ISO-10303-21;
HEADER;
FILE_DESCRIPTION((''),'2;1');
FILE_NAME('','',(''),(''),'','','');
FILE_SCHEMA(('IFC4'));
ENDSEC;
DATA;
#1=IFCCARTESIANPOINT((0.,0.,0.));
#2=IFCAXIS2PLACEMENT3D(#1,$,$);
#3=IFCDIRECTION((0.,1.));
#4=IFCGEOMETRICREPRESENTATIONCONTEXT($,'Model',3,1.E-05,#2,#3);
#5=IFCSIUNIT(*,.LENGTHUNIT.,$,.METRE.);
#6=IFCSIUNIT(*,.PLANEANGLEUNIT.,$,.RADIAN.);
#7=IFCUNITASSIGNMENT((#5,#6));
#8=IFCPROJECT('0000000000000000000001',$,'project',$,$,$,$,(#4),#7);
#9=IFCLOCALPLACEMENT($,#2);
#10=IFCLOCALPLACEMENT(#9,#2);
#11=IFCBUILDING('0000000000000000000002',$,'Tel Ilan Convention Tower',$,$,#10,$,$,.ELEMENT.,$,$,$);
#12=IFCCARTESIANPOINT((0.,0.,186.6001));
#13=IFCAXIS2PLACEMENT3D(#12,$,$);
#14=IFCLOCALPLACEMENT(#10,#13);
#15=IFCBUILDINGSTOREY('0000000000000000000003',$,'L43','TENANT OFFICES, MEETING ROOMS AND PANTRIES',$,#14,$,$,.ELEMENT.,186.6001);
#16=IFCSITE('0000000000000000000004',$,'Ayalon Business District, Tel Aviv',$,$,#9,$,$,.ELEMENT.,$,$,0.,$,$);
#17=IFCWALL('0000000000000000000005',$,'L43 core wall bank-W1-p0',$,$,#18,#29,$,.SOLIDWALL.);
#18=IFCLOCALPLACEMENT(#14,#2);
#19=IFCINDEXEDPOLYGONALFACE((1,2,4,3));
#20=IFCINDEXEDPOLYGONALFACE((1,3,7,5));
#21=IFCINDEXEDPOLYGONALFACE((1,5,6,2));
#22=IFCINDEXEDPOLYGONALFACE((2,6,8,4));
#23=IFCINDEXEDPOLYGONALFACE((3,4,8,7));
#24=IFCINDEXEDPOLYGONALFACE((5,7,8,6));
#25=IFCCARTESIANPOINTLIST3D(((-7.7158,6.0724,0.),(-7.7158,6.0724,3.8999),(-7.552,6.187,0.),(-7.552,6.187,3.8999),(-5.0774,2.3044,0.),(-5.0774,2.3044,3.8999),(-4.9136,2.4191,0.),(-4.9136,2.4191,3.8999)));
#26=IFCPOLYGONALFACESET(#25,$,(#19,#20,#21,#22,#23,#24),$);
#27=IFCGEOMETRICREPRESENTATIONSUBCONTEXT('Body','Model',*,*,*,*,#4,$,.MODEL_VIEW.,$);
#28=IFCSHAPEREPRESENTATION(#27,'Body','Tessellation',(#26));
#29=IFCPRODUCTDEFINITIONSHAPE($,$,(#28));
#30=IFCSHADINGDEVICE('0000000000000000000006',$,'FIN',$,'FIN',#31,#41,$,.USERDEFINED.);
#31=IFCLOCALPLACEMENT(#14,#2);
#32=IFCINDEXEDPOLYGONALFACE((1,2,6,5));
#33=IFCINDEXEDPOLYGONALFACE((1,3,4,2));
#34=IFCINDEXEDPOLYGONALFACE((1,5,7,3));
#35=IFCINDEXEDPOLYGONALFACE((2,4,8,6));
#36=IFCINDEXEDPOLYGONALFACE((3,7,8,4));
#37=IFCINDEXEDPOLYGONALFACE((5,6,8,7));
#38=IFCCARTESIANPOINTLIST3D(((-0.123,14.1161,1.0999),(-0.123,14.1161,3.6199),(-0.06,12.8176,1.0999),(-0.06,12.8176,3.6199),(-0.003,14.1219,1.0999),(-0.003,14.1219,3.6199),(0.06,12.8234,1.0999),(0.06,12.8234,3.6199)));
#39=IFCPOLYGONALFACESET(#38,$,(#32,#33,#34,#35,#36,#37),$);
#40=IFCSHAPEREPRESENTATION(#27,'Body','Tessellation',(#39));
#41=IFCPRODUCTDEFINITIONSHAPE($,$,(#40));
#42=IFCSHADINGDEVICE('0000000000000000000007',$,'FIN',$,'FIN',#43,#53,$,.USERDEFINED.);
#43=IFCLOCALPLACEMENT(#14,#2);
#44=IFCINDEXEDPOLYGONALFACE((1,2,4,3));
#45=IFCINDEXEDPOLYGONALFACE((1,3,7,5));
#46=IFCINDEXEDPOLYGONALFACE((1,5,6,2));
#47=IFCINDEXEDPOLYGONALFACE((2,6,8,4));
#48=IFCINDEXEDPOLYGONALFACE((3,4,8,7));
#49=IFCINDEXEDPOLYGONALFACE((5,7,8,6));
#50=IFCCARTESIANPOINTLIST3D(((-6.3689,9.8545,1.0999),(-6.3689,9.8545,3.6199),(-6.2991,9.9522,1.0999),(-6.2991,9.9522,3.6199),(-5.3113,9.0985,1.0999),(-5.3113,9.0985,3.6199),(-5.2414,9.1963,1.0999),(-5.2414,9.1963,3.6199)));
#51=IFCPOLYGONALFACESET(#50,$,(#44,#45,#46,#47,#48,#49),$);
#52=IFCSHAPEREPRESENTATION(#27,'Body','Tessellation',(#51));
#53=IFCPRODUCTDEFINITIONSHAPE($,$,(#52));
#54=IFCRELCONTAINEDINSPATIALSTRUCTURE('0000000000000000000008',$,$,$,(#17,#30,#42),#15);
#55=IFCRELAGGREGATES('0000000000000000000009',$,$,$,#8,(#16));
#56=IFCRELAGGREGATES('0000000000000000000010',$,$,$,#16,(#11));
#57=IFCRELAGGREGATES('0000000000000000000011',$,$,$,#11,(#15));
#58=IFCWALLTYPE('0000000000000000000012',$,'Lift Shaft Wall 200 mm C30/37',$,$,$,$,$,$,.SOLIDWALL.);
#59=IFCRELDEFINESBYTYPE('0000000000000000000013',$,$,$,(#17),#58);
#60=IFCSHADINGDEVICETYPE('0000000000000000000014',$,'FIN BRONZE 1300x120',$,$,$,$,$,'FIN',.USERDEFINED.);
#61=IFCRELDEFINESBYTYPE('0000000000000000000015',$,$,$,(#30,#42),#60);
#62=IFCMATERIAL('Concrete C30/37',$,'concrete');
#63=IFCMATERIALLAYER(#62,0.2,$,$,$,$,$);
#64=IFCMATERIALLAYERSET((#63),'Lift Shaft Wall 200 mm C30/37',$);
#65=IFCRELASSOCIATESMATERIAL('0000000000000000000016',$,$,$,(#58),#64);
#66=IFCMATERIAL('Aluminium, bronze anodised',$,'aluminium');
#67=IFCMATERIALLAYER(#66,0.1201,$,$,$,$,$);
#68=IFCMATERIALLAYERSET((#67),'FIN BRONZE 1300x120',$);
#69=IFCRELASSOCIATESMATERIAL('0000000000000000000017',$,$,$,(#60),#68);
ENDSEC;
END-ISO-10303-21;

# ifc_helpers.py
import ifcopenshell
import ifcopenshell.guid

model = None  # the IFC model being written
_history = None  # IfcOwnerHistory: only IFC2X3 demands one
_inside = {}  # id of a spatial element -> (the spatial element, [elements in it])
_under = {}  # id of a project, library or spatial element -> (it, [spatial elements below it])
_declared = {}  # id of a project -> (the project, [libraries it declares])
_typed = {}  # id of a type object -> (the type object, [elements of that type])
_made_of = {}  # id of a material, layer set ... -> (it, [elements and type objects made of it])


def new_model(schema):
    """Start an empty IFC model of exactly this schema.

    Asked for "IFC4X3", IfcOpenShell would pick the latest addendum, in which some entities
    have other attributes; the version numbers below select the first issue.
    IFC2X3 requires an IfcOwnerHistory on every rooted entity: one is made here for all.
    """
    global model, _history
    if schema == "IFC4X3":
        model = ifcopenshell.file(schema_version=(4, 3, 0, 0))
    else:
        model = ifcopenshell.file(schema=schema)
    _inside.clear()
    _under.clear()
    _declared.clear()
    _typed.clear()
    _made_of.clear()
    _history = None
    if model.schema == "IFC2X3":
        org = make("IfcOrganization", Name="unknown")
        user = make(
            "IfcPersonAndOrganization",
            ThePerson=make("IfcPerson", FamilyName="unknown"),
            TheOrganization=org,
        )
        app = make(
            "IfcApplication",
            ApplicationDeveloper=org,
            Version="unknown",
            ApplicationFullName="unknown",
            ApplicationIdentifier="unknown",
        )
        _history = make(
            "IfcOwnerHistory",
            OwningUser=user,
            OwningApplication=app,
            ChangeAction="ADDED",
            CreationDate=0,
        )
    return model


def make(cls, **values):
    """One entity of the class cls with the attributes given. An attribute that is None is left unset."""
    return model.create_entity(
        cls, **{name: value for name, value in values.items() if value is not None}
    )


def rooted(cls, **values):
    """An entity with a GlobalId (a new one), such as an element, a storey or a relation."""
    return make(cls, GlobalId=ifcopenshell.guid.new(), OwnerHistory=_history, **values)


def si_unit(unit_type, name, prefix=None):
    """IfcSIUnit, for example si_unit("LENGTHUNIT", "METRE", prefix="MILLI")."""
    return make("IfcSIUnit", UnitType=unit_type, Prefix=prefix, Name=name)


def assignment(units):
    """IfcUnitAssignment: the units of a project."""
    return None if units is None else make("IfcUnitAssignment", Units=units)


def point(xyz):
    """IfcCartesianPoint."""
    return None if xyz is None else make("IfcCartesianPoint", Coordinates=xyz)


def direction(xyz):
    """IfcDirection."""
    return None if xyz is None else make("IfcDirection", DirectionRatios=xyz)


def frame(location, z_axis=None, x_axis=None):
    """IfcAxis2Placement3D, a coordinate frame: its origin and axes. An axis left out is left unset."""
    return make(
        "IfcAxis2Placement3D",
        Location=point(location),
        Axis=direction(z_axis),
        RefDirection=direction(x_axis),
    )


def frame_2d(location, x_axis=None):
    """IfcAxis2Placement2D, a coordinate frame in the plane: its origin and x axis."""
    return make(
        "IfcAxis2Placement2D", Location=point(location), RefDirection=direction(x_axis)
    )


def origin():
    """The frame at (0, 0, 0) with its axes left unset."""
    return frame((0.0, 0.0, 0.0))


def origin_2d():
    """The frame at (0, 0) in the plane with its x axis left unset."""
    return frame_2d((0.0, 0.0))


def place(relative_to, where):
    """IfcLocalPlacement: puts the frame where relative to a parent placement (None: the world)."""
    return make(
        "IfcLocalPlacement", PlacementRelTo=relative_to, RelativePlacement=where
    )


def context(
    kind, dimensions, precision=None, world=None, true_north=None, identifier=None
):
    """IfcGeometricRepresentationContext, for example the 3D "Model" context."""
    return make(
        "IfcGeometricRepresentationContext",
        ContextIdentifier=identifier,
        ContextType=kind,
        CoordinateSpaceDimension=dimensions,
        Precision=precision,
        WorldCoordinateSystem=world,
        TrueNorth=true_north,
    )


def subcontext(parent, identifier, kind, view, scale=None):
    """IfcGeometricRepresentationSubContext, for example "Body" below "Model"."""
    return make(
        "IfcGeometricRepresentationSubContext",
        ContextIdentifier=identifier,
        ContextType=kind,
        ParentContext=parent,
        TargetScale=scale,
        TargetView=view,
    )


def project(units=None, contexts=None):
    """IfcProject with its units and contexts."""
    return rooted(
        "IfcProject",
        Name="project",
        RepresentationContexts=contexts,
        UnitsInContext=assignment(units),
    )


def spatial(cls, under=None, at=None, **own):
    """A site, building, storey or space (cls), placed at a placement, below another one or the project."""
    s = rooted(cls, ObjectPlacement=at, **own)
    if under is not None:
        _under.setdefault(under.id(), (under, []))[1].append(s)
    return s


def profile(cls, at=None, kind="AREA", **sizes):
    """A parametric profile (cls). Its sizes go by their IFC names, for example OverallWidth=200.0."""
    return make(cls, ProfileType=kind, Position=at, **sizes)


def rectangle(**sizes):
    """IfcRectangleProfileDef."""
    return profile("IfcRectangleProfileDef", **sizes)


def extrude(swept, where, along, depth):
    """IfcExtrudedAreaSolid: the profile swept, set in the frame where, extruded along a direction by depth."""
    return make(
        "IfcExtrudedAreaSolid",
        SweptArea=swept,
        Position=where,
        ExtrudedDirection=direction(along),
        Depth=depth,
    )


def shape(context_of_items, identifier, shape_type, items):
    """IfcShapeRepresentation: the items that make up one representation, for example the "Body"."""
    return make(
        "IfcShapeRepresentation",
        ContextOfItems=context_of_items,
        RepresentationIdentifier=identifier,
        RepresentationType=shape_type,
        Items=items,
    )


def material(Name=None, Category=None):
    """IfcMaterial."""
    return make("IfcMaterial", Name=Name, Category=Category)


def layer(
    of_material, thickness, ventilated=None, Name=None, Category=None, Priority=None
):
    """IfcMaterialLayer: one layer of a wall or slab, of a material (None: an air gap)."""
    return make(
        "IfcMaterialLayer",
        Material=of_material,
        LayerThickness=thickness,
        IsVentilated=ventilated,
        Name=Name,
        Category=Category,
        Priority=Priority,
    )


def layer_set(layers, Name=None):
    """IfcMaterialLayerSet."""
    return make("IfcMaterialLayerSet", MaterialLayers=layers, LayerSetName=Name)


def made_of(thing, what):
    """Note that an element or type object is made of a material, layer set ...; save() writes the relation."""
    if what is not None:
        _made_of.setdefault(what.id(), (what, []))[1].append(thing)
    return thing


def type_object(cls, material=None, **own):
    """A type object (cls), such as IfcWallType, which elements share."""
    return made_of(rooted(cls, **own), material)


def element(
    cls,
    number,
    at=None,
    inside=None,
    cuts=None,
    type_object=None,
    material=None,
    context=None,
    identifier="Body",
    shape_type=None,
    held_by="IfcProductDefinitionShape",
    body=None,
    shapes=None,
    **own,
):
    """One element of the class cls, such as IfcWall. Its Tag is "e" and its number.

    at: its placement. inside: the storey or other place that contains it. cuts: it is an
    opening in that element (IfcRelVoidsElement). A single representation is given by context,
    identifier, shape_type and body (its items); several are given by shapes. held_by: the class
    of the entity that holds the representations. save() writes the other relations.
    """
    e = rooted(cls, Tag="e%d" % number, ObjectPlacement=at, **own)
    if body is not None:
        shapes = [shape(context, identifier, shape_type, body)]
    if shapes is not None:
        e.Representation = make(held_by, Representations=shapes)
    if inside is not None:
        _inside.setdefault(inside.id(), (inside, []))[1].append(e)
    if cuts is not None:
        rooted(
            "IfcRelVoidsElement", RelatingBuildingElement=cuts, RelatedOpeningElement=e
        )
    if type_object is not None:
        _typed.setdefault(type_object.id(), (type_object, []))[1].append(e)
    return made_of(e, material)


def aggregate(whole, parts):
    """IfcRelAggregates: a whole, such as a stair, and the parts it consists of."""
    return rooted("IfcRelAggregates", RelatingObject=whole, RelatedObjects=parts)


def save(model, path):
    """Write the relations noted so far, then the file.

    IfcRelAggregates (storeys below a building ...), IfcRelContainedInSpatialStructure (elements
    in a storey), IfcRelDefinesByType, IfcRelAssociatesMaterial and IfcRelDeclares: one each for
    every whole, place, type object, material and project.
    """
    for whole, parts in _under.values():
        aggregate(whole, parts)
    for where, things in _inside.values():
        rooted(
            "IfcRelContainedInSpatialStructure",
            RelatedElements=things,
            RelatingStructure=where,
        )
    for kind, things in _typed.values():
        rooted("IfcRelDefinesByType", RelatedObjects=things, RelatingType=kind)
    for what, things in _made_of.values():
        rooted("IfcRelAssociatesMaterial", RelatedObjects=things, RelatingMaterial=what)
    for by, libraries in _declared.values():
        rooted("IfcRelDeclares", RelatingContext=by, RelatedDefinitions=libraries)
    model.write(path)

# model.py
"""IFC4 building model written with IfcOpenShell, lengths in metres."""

from ifc_helpers import new_model, si_unit, direction, frame, frame_2d, origin, origin_2d, place, context, subcontext, project, spatial, rectangle, extrude, material, layer, layer_set, type_object, element, save


model = new_model("IFC4")

# Units and contexts
model_context = context("Model", 3, precision=1e-05, world=origin(), true_north=direction((0.0, 1.0)))
body_context = subcontext(model_context, "Body", "Model", "MODEL_VIEW")
ifc_project = project(units=[si_unit("LENGTHUNIT", "METRE"), si_unit("PLANEANGLEUNIT", "RADIAN")], contexts=[model_context])

# Site, building, storey
site_placement = place(None, origin())
site = spatial("IfcSite", under=ifc_project, at=site_placement, Name="Ayalon Business District, Tel Aviv", CompositionType="ELEMENT", RefElevation=0.0)
building_placement = place(site_placement, origin())
building = spatial("IfcBuilding", under=site, at=building_placement, Name="Tel Ilan Convention Tower", CompositionType="ELEMENT")
storey_placement = place(building_placement, frame((0.0, 0.0, 186.6001)))
storey = spatial("IfcBuildingStorey", under=building, at=storey_placement, Name="L43", Description="TENANT OFFICES, MEETING ROOMS AND PANTRIES", CompositionType="ELEMENT", Elevation=186.6001)

# Wall
ifc_material_1 = material(Name="Concrete C30/37", Category="concrete")
ifc_layer_1 = layer(ifc_material_1, 0.2)
ifc_layer_set_1 = layer_set([ifc_layer_1], Name="Lift Shaft Wall 200 mm C30/37")
wall_type_1 = type_object("IfcWallType", Name="Lift Shaft Wall 200 mm C30/37", PredefinedType="SOLIDWALL", material=ifc_layer_set_1)
wall_1_placement = place(storey_placement, frame((-4.9956, 2.3618, 0.0), z_axis=(0.0, 0.0, 1.0), x_axis=(-0.573576, 0.819152, 0.0)))
element("IfcWall", 1, at=wall_1_placement, inside=storey, type_object=wall_type_1, Name="L43 core wall bank-W1-p0", PredefinedType="SOLIDWALL", context=body_context, shape_type="SweptSolid", body=[
    extrude(rectangle(XDim=4.5999, YDim=0.2, at=frame_2d((2.2998, 0.0))), origin(), (0.0, 0.0, 1.0), 3.8999),
])

# Shading devices
ifc_material_2 = material(Name="Aluminium, bronze anodised", Category="aluminium")
ifc_layer_2 = layer(ifc_material_2, 0.1201)
ifc_layer_set_2 = layer_set([ifc_layer_2], Name="FIN BRONZE 1300x120")
shading_device_type = type_object("IfcShadingDeviceType", Name="FIN BRONZE 1300x120", ElementType="FIN", PredefinedType="USERDEFINED", material=ifc_layer_set_2)
for number, where, z_axis, x_axis, name in (
    (2, (-0.0315, 13.4697, 1.0999), (0.0, 0.0, 1.0), (-0.048462, 0.998825, 0.0), "FIN"),
    (3, (-5.8052, 9.5254, 1.0999), (0.0, 0.0, 1.0), (-0.813552, 0.581492, 0.0), "FIN"),
):
    element("IfcShadingDevice", number, at=place(storey_placement, frame(where, z_axis=z_axis, x_axis=x_axis)), inside=storey, type_object=shading_device_type, Name=name, ObjectType="FIN", PredefinedType="USERDEFINED", context=body_context, shape_type="SweptSolid", body=[
        extrude(rectangle(XDim=1.3, YDim=0.1201, at=origin_2d()), origin(), (0.0, 0.0, 1.0), 2.52),
    ])

save(model, "model.ifc")
